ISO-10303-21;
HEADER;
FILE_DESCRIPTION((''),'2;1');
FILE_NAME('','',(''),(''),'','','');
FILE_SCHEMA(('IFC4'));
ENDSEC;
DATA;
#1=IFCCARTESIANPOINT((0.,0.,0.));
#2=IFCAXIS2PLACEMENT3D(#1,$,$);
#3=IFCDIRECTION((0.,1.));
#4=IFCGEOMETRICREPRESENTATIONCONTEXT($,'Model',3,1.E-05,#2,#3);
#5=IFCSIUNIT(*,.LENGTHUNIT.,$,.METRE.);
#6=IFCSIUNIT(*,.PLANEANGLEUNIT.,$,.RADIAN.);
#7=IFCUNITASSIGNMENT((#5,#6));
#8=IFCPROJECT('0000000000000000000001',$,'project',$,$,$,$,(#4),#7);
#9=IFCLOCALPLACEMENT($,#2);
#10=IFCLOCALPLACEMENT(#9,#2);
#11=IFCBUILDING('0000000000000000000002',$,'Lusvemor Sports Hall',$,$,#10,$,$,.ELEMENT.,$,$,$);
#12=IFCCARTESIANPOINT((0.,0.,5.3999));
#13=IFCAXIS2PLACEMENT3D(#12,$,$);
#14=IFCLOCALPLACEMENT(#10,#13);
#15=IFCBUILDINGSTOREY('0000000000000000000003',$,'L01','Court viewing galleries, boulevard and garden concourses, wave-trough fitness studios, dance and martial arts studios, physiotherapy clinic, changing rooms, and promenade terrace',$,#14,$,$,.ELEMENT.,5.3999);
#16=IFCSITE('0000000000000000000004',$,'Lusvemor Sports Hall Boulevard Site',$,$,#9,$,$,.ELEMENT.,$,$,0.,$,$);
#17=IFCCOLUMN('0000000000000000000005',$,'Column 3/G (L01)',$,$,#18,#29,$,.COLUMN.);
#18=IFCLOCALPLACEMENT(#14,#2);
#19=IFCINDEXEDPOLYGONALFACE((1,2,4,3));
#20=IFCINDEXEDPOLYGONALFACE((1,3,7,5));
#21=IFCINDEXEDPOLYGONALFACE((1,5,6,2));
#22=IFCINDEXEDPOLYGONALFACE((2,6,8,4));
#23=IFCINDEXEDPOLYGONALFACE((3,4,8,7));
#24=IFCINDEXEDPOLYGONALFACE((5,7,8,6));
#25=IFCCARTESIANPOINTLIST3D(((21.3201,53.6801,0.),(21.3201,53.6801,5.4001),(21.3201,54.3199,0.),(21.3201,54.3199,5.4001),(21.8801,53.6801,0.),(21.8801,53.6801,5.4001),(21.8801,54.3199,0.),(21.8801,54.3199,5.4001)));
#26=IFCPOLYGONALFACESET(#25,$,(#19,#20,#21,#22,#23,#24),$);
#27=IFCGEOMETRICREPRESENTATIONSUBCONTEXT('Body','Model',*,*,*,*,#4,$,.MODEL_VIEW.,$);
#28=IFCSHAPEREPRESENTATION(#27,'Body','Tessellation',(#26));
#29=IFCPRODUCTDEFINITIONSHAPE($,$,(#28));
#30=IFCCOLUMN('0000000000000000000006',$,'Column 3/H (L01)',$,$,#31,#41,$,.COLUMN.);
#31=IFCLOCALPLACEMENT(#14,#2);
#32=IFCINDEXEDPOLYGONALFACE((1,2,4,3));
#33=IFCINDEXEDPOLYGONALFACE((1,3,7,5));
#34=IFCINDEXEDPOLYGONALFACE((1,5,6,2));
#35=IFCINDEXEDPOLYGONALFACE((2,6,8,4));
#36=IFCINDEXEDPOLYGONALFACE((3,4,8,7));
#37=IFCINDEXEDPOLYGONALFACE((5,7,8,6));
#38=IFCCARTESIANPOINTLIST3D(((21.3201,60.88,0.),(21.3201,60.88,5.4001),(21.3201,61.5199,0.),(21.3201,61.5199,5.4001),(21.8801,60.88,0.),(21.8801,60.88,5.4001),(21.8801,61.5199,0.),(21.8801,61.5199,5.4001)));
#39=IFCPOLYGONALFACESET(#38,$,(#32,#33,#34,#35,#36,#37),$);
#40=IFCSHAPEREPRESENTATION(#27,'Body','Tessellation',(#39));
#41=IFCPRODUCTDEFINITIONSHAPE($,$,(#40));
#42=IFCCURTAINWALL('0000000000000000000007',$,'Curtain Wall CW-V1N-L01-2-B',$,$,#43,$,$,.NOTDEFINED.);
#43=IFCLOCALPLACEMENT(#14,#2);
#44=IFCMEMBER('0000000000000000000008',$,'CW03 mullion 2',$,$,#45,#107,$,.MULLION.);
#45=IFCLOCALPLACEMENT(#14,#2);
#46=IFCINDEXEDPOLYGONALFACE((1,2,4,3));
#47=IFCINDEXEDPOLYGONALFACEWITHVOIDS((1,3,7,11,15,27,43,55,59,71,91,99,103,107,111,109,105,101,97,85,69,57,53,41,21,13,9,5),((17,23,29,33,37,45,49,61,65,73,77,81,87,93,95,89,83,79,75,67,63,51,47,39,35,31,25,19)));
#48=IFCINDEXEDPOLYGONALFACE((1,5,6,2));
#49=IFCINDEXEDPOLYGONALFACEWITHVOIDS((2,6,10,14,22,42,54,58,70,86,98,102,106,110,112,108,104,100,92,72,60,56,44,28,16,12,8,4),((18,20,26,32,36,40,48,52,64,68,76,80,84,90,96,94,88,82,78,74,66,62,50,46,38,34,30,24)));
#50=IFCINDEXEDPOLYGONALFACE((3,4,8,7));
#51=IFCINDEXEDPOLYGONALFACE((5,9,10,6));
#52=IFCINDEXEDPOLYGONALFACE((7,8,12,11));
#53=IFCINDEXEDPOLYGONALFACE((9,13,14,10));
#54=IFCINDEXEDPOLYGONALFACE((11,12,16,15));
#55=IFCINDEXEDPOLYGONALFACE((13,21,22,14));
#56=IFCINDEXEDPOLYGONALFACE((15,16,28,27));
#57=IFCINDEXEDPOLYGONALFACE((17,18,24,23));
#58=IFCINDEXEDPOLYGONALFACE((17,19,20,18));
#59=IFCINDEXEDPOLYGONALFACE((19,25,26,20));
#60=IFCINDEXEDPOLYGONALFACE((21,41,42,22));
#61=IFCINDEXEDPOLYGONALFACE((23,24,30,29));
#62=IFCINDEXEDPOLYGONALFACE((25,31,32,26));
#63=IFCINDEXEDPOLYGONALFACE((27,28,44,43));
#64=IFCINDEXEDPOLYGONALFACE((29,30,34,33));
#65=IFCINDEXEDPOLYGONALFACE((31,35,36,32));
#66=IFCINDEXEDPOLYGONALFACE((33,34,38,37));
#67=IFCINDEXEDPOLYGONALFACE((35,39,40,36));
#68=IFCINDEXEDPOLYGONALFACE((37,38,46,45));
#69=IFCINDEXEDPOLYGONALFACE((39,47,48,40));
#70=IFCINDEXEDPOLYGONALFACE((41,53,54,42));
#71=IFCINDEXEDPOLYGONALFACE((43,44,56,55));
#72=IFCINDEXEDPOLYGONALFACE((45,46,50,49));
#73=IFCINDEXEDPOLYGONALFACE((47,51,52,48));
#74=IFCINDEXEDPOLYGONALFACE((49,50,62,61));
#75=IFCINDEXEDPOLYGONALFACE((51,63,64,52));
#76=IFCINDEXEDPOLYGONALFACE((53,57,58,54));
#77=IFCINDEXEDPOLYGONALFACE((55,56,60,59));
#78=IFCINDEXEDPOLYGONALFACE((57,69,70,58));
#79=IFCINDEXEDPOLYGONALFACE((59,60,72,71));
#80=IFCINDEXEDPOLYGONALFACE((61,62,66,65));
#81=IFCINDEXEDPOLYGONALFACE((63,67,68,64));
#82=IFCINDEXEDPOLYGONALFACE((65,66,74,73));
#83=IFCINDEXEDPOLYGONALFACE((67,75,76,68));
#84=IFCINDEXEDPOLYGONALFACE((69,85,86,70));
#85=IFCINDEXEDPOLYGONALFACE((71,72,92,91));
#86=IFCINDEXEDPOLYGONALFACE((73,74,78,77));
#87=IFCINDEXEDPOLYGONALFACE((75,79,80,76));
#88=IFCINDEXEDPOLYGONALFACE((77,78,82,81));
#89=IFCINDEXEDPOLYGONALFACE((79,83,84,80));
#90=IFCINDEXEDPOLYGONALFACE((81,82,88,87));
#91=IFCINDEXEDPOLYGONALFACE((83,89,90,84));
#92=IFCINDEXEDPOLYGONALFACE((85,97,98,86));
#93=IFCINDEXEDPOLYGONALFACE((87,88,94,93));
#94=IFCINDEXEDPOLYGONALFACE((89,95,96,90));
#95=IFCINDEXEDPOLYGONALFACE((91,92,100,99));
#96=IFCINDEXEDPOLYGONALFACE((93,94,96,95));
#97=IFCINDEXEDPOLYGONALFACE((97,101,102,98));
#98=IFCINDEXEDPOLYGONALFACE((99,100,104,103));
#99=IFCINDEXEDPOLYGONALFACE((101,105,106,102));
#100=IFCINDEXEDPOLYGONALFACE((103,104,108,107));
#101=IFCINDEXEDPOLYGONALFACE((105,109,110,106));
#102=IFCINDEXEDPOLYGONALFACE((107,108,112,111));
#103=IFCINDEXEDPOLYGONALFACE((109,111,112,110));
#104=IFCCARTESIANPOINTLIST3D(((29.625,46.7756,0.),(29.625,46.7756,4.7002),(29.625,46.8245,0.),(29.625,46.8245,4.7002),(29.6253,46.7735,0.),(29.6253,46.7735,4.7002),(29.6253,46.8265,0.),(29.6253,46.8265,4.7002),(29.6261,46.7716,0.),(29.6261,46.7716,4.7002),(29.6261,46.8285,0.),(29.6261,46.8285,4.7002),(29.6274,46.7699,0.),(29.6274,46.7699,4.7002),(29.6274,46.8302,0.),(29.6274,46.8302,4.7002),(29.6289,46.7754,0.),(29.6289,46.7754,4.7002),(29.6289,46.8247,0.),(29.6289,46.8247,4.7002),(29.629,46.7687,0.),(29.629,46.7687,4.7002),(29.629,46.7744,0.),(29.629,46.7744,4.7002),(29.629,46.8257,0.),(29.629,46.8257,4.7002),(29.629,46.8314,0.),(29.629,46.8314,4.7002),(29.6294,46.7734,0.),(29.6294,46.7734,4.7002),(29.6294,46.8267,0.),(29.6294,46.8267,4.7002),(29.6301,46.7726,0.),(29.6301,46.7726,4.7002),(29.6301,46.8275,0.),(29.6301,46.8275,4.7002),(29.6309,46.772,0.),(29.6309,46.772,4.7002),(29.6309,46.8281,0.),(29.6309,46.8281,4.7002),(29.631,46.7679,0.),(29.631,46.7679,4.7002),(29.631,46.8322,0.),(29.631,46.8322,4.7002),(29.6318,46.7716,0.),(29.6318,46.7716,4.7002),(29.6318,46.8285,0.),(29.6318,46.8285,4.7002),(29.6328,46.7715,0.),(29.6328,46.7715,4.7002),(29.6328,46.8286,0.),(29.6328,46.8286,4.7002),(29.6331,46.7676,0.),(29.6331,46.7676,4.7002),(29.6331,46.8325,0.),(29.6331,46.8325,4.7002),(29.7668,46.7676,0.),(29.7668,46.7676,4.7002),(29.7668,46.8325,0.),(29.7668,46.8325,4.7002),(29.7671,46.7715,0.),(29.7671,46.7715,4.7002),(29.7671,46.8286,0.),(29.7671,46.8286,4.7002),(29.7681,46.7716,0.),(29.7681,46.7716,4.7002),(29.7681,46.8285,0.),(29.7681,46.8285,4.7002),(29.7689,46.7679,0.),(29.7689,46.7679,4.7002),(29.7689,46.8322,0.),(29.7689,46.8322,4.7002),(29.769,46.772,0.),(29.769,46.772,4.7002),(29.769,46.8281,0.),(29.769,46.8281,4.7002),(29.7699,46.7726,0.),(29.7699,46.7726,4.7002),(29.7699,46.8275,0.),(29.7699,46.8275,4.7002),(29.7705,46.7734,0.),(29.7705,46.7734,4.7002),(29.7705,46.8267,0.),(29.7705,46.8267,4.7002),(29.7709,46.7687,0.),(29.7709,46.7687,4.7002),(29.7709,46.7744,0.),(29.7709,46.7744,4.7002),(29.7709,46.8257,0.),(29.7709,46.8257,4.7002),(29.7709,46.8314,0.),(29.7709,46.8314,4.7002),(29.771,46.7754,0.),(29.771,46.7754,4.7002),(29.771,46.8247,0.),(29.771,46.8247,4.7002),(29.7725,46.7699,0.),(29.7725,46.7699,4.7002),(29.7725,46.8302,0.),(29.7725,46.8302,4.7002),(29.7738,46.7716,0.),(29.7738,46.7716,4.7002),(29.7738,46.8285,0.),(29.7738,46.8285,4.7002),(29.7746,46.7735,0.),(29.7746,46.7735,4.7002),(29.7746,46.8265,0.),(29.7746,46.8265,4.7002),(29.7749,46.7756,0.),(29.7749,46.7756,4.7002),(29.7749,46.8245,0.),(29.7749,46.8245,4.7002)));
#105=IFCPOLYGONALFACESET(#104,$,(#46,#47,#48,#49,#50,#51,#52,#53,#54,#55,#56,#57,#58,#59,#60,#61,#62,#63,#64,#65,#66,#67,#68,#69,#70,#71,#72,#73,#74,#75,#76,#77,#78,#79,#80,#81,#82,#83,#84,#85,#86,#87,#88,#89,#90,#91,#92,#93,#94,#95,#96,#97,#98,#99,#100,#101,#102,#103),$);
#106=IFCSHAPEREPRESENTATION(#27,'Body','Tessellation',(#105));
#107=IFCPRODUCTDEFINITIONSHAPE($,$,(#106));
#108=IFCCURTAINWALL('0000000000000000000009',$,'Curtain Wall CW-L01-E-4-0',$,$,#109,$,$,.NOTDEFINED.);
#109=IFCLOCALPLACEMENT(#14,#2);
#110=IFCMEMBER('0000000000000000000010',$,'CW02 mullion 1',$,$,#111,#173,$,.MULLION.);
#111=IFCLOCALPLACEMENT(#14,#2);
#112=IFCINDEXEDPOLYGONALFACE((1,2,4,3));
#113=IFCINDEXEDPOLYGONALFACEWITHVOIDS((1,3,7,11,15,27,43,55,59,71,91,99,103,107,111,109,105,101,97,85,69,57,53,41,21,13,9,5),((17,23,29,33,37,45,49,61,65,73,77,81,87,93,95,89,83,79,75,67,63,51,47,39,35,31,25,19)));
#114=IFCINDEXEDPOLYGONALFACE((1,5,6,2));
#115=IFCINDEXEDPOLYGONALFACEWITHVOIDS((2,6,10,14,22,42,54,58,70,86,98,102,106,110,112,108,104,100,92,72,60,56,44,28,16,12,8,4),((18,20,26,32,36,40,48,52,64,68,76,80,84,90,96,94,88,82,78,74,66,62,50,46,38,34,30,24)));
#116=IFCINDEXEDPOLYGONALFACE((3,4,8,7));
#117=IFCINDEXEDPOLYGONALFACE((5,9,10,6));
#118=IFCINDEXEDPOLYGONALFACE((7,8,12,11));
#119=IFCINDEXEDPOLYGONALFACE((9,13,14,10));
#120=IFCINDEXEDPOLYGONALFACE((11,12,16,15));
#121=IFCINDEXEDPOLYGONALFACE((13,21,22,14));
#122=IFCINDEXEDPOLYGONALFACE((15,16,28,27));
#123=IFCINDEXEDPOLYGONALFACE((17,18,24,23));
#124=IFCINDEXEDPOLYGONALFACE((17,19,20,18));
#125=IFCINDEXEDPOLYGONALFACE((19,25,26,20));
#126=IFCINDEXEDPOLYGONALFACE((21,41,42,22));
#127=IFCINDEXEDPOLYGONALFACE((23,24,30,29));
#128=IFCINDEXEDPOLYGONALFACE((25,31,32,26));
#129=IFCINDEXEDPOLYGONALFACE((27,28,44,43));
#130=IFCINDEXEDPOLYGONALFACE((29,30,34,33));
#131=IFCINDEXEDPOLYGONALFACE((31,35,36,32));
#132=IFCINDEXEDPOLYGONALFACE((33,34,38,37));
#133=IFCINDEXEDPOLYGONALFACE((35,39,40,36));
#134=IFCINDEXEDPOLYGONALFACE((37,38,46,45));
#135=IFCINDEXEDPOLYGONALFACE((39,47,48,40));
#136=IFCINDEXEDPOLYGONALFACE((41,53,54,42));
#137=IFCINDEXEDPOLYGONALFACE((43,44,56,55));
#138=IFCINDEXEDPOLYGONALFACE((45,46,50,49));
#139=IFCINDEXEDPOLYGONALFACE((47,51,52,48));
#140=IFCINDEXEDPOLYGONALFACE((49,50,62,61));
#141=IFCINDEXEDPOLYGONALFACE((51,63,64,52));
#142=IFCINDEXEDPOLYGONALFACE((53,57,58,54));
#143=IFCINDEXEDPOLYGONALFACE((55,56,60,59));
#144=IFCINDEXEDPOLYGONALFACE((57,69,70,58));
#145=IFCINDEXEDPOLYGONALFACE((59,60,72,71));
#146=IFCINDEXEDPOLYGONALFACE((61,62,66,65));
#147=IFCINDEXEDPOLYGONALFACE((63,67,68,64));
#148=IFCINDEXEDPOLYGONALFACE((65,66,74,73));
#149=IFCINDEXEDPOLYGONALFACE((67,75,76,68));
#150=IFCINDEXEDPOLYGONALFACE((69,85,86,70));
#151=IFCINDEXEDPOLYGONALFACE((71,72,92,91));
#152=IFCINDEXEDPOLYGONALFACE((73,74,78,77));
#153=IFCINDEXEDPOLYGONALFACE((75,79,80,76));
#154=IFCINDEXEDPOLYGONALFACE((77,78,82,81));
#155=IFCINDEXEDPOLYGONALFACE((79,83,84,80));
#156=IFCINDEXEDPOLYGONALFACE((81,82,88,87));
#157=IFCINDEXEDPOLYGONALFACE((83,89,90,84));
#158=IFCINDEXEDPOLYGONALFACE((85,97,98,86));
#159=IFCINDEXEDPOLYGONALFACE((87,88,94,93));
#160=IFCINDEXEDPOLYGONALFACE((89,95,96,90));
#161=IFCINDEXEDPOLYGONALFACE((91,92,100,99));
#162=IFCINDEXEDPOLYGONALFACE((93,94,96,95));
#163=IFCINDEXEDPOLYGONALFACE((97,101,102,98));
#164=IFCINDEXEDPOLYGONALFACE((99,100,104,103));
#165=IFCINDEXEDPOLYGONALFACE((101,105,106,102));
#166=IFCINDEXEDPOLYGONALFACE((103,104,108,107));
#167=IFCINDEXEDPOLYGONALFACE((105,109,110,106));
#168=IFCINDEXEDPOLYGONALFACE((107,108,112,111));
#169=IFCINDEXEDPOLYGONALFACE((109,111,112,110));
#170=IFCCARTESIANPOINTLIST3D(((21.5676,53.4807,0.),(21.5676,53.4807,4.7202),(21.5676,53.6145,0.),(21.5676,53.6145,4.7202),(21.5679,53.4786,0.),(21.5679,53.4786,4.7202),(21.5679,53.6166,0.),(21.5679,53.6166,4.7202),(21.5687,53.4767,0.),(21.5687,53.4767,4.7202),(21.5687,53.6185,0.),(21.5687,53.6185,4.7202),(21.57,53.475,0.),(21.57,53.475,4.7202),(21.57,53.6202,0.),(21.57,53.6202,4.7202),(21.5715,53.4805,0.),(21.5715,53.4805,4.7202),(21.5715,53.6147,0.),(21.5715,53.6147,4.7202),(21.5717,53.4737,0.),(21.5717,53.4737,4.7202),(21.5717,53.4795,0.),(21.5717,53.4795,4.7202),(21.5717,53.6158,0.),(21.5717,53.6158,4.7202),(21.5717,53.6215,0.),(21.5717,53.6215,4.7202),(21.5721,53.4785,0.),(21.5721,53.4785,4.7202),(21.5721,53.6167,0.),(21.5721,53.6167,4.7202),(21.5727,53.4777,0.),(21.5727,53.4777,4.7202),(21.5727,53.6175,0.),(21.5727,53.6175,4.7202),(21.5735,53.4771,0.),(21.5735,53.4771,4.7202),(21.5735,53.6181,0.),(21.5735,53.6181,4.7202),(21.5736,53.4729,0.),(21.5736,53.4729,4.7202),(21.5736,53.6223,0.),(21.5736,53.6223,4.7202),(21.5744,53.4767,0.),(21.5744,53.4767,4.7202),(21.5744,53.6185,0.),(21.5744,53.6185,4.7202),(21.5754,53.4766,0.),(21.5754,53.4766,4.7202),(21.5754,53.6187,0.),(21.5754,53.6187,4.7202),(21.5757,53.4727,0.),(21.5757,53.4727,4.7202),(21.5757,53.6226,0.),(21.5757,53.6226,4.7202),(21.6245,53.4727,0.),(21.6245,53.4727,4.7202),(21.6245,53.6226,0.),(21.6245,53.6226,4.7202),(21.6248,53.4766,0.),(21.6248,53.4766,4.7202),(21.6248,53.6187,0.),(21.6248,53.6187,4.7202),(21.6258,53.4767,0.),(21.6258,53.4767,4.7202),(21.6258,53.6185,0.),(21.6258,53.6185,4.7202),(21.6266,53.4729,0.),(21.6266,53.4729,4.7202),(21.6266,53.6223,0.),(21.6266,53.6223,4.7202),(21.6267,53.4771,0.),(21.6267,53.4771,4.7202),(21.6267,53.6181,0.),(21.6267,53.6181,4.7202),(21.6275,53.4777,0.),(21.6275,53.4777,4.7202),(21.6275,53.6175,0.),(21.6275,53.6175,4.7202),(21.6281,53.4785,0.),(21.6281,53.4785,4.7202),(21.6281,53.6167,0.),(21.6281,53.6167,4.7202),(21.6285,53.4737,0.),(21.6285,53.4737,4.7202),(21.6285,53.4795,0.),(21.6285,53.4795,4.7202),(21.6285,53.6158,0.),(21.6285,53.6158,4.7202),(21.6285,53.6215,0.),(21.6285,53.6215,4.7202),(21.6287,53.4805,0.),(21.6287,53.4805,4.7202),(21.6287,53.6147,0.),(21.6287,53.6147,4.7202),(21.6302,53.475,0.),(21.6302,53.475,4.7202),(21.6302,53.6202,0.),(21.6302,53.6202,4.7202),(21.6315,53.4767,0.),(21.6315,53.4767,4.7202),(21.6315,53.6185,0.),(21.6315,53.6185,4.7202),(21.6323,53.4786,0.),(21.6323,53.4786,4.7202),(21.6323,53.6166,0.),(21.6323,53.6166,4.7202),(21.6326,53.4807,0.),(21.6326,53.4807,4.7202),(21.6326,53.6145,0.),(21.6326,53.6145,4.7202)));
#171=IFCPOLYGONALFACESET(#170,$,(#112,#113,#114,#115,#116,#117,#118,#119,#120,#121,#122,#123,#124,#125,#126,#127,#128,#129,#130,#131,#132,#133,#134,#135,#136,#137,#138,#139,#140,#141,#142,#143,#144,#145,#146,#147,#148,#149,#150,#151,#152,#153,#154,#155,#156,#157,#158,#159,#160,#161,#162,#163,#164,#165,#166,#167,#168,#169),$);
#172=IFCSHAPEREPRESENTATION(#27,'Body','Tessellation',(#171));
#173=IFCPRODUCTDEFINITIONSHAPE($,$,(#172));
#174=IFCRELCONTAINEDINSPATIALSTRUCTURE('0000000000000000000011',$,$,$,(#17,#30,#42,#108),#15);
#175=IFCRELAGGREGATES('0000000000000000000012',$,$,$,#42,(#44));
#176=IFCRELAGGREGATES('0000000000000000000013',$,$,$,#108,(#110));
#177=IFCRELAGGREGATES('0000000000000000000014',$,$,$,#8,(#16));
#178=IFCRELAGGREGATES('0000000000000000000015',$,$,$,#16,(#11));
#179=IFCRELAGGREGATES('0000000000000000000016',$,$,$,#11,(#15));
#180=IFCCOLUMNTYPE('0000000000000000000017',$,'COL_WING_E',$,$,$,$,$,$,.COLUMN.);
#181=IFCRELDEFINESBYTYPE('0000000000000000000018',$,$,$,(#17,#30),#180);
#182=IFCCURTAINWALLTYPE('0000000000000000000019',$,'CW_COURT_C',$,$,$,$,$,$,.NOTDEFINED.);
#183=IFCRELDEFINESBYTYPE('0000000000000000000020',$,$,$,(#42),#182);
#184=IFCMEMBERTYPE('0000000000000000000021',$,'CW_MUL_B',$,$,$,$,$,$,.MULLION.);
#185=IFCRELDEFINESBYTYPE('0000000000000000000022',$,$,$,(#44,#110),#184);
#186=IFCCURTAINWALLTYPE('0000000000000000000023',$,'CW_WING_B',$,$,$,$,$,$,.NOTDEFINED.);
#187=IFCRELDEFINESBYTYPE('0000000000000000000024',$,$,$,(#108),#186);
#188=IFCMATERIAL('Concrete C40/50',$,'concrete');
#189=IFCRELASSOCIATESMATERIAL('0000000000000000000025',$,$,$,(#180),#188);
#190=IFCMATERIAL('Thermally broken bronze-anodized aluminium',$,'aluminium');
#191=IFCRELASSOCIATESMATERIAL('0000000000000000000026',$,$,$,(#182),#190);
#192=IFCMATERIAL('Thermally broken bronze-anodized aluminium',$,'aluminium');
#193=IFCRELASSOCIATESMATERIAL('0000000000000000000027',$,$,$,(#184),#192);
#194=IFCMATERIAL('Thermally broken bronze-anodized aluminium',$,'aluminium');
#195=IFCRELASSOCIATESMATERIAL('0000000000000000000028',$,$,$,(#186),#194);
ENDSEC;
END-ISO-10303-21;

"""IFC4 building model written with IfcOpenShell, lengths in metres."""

from ifc_helpers import new_model, si_unit, direction, frame, origin, origin_2d, place, context, subcontext, project, spatial, rectangle, hollow_rectangle, extrude, material, material_profile, profile_set, type_object, element, aggregate, save


model = new_model("IFC4")

# Units and contexts
model_context = context("Model", 3, precision=1e-05, world=origin(), true_north=direction((0.0, 1.0)))
body_context = subcontext(model_context, "Body", "Model", "MODEL_VIEW")
ifc_project = project(units=[si_unit("LENGTHUNIT", "METRE"), si_unit("PLANEANGLEUNIT", "RADIAN")], contexts=[model_context])

# Site, building, storey
site_placement = place(None, origin())
site = spatial("IfcSite", under=ifc_project, at=site_placement, Name="Lusvemor Sports Hall Boulevard Site", CompositionType="ELEMENT", RefElevation=0.0)
building_placement = place(site_placement, origin())
building = spatial("IfcBuilding", under=site, at=building_placement, Name="Lusvemor Sports Hall", CompositionType="ELEMENT")
storey_placement = place(building_placement, frame((0.0, 0.0, 5.3999)))
storey = spatial("IfcBuildingStorey", under=building, at=storey_placement, Name="L01", Description="Court viewing galleries, boulevard and garden concourses, wave-trough fitness studios, dance and martial arts studios, physiotherapy clinic, changing rooms, and promenade terrace", CompositionType="ELEMENT", Elevation=5.3999)

# Columns
ifc_material_1 = material(Name="Concrete C40/50", Category="concrete")
ifc_material_profile_1 = material_profile(ifc_material_1, rectangle(XDim=0.5601, YDim=0.6399, at=origin_2d()), Name="RC560x640")
ifc_profile_set_1 = profile_set([ifc_material_profile_1], Name="Concrete C40/50")
column_type = type_object("IfcColumnType", Name="COL_WING_E", PredefinedType="COLUMN", material=ifc_profile_set_1)
for number, where, z_axis, x_axis, name in (
    (1, (21.6001, 54.0, 0.0), (0.0, 0.0, 1.0), (1.0, 0.0, 0.0), "Column 3/G (L01)"),
    (2, (21.6001, 61.2, 0.0), (0.0, 0.0, 1.0), (1.0, 0.0, 0.0), "Column 3/H (L01)"),
):
    element("IfcColumn", number, at=place(storey_placement, frame(where, z_axis=z_axis, x_axis=x_axis)), inside=storey, type_object=column_type, Name=name, PredefinedType="COLUMN", context=body_context, shape_type="SweptSolid", body=[
        extrude(rectangle(XDim=0.5601, YDim=0.6399, at=origin_2d()), origin(), (0.0, 0.0, 1.0), 5.4001),
    ])

# Curtain walls, members
ifc_material_2 = material(Name="Thermally broken bronze-anodized aluminium", Category="aluminium")
curtain_wall_type_1 = type_object("IfcCurtainWallType", Name="CW_COURT_C", PredefinedType="NOTDEFINED", material=ifc_material_2)
curtain_wall_1_placement = place(storey_placement, origin())
curtain_wall_1 = element("IfcCurtainWall", 3, at=curtain_wall_1_placement, inside=storey, type_object=curtain_wall_type_1, Name="Curtain Wall CW-V1N-L01-2-B", PredefinedType="NOTDEFINED")
ifc_material_3 = material(Name="Thermally broken bronze-anodized aluminium", Category="aluminium")
ifc_material_profile_2 = material_profile(ifc_material_3, hollow_rectangle(XDim=0.0649, YDim=0.1499, WallThickness=0.0039, InnerFilletRadius=0.0039, OuterFilletRadius=0.0081, at=origin_2d()), Name="CWMUL150x65x4")
ifc_profile_set_2 = profile_set([ifc_material_profile_2], Name="Thermally broken bronze-anodized aluminium")
member_type_1 = type_object("IfcMemberType", Name="CW_MUL_B", PredefinedType="MULLION", material=ifc_profile_set_2)
member_1_placement = place(storey_placement, frame((29.7, 46.8, 0.0), z_axis=(0.0, 0.0, 1.0), x_axis=(0.0, 1.0, 0.0)))
member_1 = element("IfcMember", 4, at=member_1_placement, type_object=member_type_1, Name="CW03 mullion 2", PredefinedType="MULLION", context=body_context, shape_type="SweptSolid", body=[
    extrude(hollow_rectangle(XDim=0.0649, YDim=0.1499, WallThickness=0.0039, InnerFilletRadius=0.0039, OuterFilletRadius=0.0081, at=origin_2d()), origin(), (0.0, 0.0, 1.0), 4.7002),
])
ifc_material_4 = material(Name="Thermally broken bronze-anodized aluminium", Category="aluminium")
curtain_wall_type_2 = type_object("IfcCurtainWallType", Name="CW_WING_B", PredefinedType="NOTDEFINED", material=ifc_material_4)
curtain_wall_2_placement = place(storey_placement, origin())
curtain_wall_2 = element("IfcCurtainWall", 5, at=curtain_wall_2_placement, inside=storey, type_object=curtain_wall_type_2, Name="Curtain Wall CW-L01-E-4-0", PredefinedType="NOTDEFINED")
member_2_placement = place(storey_placement, frame((21.6001, 53.5476, 0.0), z_axis=(0.0, 0.0, 1.0), x_axis=(1.0, 0.0, 0.0)))
member_2 = element("IfcMember", 6, at=member_2_placement, type_object=member_type_1, Name="CW02 mullion 1", PredefinedType="MULLION", context=body_context, shape_type="SweptSolid", body=[
    extrude(hollow_rectangle(XDim=0.0649, YDim=0.1499, WallThickness=0.0039, InnerFilletRadius=0.0039, OuterFilletRadius=0.0081, at=origin_2d()), origin(), (0.0, 0.0, 1.0), 4.7202),
])

aggregate(curtain_wall_1, [member_1])
aggregate(curtain_wall_2, [member_2])

save(model, "model.ifc")
